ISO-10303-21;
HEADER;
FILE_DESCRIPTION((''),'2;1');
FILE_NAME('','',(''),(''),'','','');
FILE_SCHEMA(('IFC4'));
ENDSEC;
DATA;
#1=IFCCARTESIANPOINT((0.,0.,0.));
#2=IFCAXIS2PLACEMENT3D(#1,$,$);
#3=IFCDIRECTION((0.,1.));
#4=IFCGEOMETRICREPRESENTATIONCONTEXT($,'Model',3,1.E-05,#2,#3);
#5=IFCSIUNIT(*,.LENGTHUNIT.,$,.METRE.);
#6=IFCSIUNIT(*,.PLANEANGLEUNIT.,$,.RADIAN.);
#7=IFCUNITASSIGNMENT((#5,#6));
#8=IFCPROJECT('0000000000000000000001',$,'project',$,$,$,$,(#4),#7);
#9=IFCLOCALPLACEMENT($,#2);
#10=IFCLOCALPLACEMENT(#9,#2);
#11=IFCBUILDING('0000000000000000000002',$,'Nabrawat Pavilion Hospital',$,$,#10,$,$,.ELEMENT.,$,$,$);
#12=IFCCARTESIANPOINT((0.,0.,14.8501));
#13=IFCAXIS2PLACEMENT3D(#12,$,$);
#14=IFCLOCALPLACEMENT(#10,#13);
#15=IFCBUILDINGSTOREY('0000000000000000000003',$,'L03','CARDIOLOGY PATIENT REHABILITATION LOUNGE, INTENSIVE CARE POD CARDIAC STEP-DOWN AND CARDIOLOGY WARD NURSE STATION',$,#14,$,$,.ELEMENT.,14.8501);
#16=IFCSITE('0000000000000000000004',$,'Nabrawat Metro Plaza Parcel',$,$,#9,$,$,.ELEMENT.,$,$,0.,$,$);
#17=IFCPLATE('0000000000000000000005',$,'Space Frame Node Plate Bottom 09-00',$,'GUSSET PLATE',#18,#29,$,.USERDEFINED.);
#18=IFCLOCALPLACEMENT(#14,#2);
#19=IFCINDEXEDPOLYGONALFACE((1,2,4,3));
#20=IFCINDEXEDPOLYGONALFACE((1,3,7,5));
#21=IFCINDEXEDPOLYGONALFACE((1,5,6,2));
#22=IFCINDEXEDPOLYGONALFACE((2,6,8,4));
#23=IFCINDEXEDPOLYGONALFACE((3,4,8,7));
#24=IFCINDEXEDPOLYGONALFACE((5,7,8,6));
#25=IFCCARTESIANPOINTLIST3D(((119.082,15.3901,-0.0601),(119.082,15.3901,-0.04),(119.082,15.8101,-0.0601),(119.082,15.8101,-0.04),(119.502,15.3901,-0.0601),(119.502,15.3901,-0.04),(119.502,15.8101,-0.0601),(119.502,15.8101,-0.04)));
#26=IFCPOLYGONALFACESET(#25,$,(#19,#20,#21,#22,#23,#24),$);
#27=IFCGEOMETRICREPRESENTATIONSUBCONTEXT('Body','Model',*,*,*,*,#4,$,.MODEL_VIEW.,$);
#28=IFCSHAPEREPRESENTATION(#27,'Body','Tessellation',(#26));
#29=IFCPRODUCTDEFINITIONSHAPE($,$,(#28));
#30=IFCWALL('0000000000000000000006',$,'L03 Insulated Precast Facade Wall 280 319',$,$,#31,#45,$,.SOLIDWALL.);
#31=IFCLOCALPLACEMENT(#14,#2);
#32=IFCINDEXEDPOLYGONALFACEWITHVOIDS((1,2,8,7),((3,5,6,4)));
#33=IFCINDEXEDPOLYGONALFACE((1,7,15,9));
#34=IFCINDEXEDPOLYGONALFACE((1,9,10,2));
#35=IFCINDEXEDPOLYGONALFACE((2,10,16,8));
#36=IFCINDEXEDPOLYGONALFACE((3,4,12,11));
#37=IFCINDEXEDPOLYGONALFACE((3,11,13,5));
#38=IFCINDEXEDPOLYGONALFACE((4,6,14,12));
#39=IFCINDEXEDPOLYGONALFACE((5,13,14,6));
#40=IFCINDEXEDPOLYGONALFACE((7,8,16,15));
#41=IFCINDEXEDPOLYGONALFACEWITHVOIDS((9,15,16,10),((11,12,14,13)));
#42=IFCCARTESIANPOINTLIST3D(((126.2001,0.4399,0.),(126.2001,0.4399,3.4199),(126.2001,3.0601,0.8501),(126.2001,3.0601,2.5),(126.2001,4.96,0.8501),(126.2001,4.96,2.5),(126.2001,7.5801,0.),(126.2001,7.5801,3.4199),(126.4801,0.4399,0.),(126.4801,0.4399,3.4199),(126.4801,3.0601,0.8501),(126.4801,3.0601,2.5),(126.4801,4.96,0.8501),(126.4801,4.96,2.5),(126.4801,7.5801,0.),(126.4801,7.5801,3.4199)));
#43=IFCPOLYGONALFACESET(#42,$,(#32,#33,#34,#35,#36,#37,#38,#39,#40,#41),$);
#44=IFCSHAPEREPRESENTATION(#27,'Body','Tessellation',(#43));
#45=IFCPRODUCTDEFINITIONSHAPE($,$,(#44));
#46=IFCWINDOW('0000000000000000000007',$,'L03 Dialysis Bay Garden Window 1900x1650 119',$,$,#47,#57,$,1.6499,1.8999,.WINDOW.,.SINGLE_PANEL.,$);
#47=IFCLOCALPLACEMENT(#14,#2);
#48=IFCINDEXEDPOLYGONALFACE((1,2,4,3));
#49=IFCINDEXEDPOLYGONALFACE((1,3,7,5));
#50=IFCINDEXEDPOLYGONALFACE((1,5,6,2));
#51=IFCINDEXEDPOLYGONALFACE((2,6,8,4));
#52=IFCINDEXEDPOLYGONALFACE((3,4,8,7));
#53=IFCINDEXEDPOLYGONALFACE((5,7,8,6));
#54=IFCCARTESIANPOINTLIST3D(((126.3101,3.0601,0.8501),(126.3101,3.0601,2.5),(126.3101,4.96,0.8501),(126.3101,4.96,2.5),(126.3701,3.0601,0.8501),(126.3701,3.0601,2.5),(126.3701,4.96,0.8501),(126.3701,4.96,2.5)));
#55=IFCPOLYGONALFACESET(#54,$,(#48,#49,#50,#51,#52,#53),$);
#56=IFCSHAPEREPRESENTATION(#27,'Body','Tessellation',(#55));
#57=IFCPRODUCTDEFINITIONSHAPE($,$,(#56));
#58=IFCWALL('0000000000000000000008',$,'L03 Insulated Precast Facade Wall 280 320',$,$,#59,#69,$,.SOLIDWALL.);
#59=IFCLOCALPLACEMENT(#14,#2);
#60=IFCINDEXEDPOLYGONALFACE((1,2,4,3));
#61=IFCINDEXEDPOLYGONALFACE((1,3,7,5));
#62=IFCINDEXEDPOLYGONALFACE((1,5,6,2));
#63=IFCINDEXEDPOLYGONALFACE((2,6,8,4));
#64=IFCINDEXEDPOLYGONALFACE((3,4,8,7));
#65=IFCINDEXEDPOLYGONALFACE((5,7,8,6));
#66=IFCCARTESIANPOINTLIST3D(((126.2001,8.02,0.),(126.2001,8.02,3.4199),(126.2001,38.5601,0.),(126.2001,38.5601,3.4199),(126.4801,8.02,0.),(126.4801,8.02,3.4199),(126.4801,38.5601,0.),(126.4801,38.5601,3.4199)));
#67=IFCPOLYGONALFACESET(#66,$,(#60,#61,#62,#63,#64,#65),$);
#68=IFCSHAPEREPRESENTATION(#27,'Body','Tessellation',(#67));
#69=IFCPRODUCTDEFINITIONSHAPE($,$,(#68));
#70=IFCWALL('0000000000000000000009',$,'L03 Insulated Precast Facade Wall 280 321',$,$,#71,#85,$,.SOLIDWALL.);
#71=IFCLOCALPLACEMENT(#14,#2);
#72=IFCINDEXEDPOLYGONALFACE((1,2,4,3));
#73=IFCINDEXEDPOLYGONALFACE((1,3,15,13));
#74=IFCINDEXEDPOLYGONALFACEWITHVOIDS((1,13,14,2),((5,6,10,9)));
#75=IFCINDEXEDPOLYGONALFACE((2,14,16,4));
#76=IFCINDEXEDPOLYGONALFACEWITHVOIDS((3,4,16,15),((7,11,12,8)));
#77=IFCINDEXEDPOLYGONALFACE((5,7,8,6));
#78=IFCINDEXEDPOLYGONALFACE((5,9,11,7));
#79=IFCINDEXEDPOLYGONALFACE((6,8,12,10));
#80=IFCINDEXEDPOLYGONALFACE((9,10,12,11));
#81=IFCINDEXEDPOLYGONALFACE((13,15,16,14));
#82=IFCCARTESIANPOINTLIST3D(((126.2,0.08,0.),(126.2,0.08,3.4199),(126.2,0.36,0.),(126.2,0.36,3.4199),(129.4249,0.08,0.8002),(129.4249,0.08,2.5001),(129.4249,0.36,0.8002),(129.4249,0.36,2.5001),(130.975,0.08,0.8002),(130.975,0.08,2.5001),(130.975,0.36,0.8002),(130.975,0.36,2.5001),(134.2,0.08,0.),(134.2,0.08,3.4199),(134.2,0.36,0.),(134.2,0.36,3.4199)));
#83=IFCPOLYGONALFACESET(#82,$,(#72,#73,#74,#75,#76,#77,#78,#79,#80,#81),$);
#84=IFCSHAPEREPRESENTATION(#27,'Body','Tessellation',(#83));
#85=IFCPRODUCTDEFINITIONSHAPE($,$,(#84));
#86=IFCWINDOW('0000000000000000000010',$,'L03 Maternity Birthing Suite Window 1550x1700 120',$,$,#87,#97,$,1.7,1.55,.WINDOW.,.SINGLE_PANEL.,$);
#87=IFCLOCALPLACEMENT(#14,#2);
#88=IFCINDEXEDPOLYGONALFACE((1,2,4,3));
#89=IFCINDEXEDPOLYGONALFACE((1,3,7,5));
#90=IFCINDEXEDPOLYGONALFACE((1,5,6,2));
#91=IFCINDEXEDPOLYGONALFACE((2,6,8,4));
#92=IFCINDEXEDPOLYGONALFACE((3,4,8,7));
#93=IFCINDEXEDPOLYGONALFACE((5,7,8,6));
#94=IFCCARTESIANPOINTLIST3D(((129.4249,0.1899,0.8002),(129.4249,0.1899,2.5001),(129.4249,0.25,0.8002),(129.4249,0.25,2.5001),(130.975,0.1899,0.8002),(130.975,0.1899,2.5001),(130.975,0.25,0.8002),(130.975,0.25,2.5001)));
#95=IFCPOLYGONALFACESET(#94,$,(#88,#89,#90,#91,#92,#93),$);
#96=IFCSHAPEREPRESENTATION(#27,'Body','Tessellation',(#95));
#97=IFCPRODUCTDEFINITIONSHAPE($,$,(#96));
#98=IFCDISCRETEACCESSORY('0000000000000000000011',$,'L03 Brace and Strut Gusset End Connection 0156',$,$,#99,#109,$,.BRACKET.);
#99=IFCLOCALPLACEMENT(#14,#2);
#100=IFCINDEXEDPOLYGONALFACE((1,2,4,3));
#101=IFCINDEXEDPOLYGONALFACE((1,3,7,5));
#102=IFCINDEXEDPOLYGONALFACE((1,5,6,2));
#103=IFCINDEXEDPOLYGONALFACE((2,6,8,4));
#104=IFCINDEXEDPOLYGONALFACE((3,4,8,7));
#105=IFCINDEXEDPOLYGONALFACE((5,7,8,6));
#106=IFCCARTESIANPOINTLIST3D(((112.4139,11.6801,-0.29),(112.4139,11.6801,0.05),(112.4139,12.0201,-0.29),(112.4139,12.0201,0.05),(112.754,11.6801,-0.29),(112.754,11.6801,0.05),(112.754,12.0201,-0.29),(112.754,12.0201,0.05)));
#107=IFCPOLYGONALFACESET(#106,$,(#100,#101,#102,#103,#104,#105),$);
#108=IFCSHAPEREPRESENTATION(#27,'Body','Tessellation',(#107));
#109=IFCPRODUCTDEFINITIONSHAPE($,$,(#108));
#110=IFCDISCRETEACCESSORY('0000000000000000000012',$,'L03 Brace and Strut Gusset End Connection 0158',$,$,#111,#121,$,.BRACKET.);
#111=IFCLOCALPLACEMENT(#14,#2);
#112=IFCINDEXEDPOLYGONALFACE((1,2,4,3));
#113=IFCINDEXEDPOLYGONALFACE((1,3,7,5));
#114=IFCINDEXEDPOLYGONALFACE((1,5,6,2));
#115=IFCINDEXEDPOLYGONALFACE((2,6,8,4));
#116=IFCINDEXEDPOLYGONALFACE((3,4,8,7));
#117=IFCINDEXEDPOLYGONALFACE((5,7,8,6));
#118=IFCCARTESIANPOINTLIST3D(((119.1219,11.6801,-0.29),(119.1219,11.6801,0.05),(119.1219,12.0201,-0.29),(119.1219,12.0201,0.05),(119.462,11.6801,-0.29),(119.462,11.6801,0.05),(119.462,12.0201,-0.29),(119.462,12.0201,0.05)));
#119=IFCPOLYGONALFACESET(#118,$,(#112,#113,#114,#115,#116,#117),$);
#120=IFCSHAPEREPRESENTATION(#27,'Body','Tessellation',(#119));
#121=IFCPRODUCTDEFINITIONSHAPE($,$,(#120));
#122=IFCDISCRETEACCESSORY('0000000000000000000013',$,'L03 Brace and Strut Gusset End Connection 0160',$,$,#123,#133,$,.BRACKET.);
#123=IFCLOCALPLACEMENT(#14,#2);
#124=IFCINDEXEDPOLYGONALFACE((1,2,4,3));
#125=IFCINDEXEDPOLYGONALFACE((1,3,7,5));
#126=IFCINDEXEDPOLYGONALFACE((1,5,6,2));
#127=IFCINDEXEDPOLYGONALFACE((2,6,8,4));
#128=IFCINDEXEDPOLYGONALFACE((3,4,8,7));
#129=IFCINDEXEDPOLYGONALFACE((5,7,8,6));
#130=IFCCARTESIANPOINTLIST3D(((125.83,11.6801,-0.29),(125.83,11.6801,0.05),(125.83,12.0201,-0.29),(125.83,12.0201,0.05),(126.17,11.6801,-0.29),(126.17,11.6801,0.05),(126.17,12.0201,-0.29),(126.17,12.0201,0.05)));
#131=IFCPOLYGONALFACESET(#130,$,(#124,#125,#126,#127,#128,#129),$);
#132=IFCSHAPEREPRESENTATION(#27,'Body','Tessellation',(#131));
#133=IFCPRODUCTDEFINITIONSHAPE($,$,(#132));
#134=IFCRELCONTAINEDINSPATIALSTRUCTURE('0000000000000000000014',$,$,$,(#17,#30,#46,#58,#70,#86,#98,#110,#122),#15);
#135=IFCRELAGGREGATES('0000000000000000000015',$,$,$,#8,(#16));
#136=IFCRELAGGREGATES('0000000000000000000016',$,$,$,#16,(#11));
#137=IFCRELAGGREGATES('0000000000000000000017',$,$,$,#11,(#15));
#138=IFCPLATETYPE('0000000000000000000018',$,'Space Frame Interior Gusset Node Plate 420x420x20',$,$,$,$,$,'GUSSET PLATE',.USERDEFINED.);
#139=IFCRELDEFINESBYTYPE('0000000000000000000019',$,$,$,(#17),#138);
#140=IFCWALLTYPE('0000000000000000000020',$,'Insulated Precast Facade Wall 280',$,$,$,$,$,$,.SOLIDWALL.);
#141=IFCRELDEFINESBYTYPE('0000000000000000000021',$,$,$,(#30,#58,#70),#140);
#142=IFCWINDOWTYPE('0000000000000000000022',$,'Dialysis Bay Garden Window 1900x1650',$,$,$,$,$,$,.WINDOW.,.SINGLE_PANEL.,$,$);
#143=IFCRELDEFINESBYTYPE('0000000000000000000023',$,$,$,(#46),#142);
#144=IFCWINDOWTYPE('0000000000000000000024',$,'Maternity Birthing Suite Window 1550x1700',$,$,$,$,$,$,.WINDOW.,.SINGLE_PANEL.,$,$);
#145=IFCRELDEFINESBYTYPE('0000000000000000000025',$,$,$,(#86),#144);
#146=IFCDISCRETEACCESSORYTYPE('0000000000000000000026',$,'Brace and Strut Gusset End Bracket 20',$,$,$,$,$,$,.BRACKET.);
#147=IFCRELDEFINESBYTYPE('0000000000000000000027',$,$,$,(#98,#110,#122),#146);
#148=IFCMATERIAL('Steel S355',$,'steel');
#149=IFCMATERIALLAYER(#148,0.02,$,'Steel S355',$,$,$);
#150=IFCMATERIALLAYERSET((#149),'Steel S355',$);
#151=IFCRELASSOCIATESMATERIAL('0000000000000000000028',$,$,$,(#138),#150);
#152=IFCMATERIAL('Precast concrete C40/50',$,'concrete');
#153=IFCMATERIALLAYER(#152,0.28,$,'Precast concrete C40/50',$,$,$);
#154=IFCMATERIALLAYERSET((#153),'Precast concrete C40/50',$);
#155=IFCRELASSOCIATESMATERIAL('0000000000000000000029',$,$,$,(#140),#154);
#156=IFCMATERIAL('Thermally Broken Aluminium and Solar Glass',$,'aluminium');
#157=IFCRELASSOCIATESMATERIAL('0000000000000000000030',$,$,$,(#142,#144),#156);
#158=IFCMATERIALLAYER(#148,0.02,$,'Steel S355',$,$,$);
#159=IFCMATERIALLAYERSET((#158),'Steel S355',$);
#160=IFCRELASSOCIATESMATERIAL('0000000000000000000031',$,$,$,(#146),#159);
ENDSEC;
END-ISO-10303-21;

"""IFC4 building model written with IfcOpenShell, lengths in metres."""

from ifc_helpers import new_model, si_unit, direction, frame, frame_2d, origin, origin_2d, place, context, subcontext, project, spatial, rectangle, extrude, material, layer, layer_set, type_object, element, fill, save


model = new_model("IFC4")

# Units and contexts
model_context = context("Model", 3, precision=1e-05, world=origin(), true_north=direction((0.0, 1.0)))
body_context = subcontext(model_context, "Body", "Model", "MODEL_VIEW")
ifc_project = project(units=[si_unit("LENGTHUNIT", "METRE"), si_unit("PLANEANGLEUNIT", "RADIAN")], contexts=[model_context])

# Site, building, storey
site_placement = place(None, origin())
site = spatial("IfcSite", under=ifc_project, at=site_placement, Name="Nabrawat Metro Plaza Parcel", CompositionType="ELEMENT", RefElevation=0.0)
building_placement = place(site_placement, origin())
building = spatial("IfcBuilding", under=site, at=building_placement, Name="Nabrawat Pavilion Hospital", CompositionType="ELEMENT")
storey_placement = place(building_placement, frame((0.0, 0.0, 14.8501)))
storey = spatial("IfcBuildingStorey", under=building, at=storey_placement, Name="L03", Description="CARDIOLOGY PATIENT REHABILITATION LOUNGE, INTENSIVE CARE POD CARDIAC STEP-DOWN AND CARDIOLOGY WARD NURSE STATION", CompositionType="ELEMENT", Elevation=14.8501)

# Shared definitions
ifc_material_1 = material(Name="Steel S355", Category="steel")

# Plate
ifc_layer_1 = layer(ifc_material_1, 0.02, Name="Steel S355")
ifc_layer_set_1 = layer_set([ifc_layer_1], Name="Steel S355")
plate_type = type_object("IfcPlateType", Name="Space Frame Interior Gusset Node Plate 420x420x20", ElementType="GUSSET PLATE", PredefinedType="USERDEFINED", material=ifc_layer_set_1)
for number, where, z_axis, x_axis, name in (
    (1, (119.292, 15.6001, -0.0601), (0.0, 0.0, 1.0), (1.0, 0.0, 0.0), "Space Frame Node Plate Bottom 09-00"),
):
    element("IfcPlate", number, at=place(storey_placement, frame(where, z_axis=z_axis, x_axis=x_axis)), inside=storey, type_object=plate_type, Name=name, ObjectType="GUSSET PLATE", PredefinedType="USERDEFINED", context=body_context, shape_type="SweptSolid", body=[
        extrude(rectangle(XDim=0.4199, YDim=0.4199, at=origin_2d()), origin(), (0.0, 0.0, 1.0), 0.02),
    ])

# Wall, opening, window
ifc_material_2 = material(Name="Precast concrete C40/50", Category="concrete")
ifc_layer_2 = layer(ifc_material_2, 0.28, Name="Precast concrete C40/50")
ifc_layer_set_2 = layer_set([ifc_layer_2], Name="Precast concrete C40/50")
wall_type = type_object("IfcWallType", Name="Insulated Precast Facade Wall 280", PredefinedType="SOLIDWALL", material=ifc_layer_set_2)
wall_1_placement = place(storey_placement, frame((126.3401, 0.4399, 0.0), z_axis=(0.0, 0.0, 1.0), x_axis=(0.0, 1.0, 0.0)))
wall_1 = element("IfcWall", 2, at=wall_1_placement, inside=storey, type_object=wall_type, Name="L03 Insulated Precast Facade Wall 280 319", PredefinedType="SOLIDWALL", context=body_context, shape_type="SweptSolid", body=[
    extrude(rectangle(XDim=7.1401, YDim=0.28, at=frame_2d((3.5701, 0.0))), origin(), (0.0, 0.0, 1.0), 3.4199),
])
opening_1_placement = place(wall_1_placement, frame((2.6201, 0.0, 0.8501)))
opening_1 = element("IfcOpeningElement", 3, at=opening_1_placement, cuts=wall_1, PredefinedType="OPENING", context=body_context, shape_type="SweptSolid", body=[
    extrude(rectangle(XDim=1.8999, YDim=1.6499, at=frame_2d((0.95, 0.825))), frame((0.0, 0.1499, 0.0), z_axis=(0.0, -1.0, 0.0), x_axis=(1.0, 0.0, 0.0)), (0.0, 0.0, 1.0), 0.3),
])
ifc_material_3 = material(Name="Thermally Broken Aluminium and Solar Glass", Category="aluminium")
window_type_1 = type_object("IfcWindowType", Name="Dialysis Bay Garden Window 1900x1650", PartitioningType="SINGLE_PANEL", PredefinedType="WINDOW", material=ifc_material_3)
window_1_placement = place(opening_1_placement, origin())
window_1 = element("IfcWindow", 4, at=window_1_placement, inside=storey, type_object=window_type_1, Name="L03 Dialysis Bay Garden Window 1900x1650 119", OverallHeight=1.6499, OverallWidth=1.8999, PartitioningType="SINGLE_PANEL", PredefinedType="WINDOW", context=body_context, shape_type="SweptSolid", body=[
    extrude(rectangle(XDim=1.8999, YDim=1.6499, at=frame_2d((0.95, 0.825))), frame((0.0, 0.03, 0.0), z_axis=(0.0, -1.0, 0.0), x_axis=(1.0, 0.0, 0.0)), (0.0, 0.0, 1.0), 0.0601),
])
fill(opening_1, window_1)

# Wall
wall_2_placement = place(storey_placement, frame((126.3401, 8.02, 0.0), z_axis=(0.0, 0.0, 1.0), x_axis=(0.0, 1.0, 0.0)))
element("IfcWall", 5, at=wall_2_placement, inside=storey, type_object=wall_type, Name="L03 Insulated Precast Facade Wall 280 320", PredefinedType="SOLIDWALL", context=body_context, shape_type="SweptSolid", body=[
    extrude(rectangle(XDim=30.54, YDim=0.28, at=frame_2d((15.27, 0.0))), origin(), (0.0, 0.0, 1.0), 3.4199),
])

# Wall, opening, window
wall_3_placement = place(storey_placement, frame((126.2, 0.22, 0.0), z_axis=(0.0, 0.0, 1.0), x_axis=(1.0, 0.0, 0.0)))
wall_3 = element("IfcWall", 6, at=wall_3_placement, inside=storey, type_object=wall_type, Name="L03 Insulated Precast Facade Wall 280 321", PredefinedType="SOLIDWALL", context=body_context, shape_type="SweptSolid", body=[
    extrude(rectangle(XDim=8.0, YDim=0.28, at=frame_2d((4.0, 0.0))), origin(), (0.0, 0.0, 1.0), 3.4199),
])
opening_2_placement = place(wall_3_placement, frame((3.2251, 0.0, 0.8)))
opening_2 = element("IfcOpeningElement", 7, at=opening_2_placement, cuts=wall_3, PredefinedType="OPENING", context=body_context, shape_type="SweptSolid", body=[
    extrude(rectangle(XDim=1.55, YDim=1.7, at=frame_2d((0.7749, 0.8501))), frame((0.0, 0.1499, 0.0), z_axis=(0.0, -1.0, 0.0), x_axis=(1.0, 0.0, 0.0)), (0.0, 0.0, 1.0), 0.3),
])
window_type_2 = type_object("IfcWindowType", Name="Maternity Birthing Suite Window 1550x1700", PartitioningType="SINGLE_PANEL", PredefinedType="WINDOW", material=ifc_material_3)
window_2_placement = place(opening_2_placement, origin())
window_2 = element("IfcWindow", 8, at=window_2_placement, inside=storey, type_object=window_type_2, Name="L03 Maternity Birthing Suite Window 1550x1700 120", OverallHeight=1.7, OverallWidth=1.55, PartitioningType="SINGLE_PANEL", PredefinedType="WINDOW", context=body_context, shape_type="SweptSolid", body=[
    extrude(rectangle(XDim=1.55, YDim=1.7, at=frame_2d((0.7749, 0.8501))), frame((0.0, 0.03, 0.0), z_axis=(0.0, -1.0, 0.0), x_axis=(1.0, 0.0, 0.0)), (0.0, 0.0, 1.0), 0.0601),
])
fill(opening_2, window_2)

# Discrete accessories
ifc_layer_3 = layer(ifc_material_1, 0.02, Name="Steel S355")
ifc_layer_set_3 = layer_set([ifc_layer_3], Name="Steel S355")
discrete_accessory_type = type_object("IfcDiscreteAccessoryType", Name="Brace and Strut Gusset End Bracket 20", PredefinedType="BRACKET", material=ifc_layer_set_3)
for number, where, z_axis, x_axis, name in (
    (9, (112.584, 11.8501, -0.29), (0.0, 0.0, 1.0), (1.0, 0.0, 0.0), "L03 Brace and Strut Gusset End Connection 0156"),
    (10, (119.292, 11.8501, -0.29), (0.0, 0.0, 1.0), (1.0, 0.0, 0.0), "L03 Brace and Strut Gusset End Connection 0158"),
    (11, (126.0, 11.8501, -0.29), (0.0, 0.0, 1.0), (1.0, 0.0, 0.0), "L03 Brace and Strut Gusset End Connection 0160"),
):
    element("IfcDiscreteAccessory", number, at=place(storey_placement, frame(where, z_axis=z_axis, x_axis=x_axis)), inside=storey, type_object=discrete_accessory_type, Name=name, PredefinedType="BRACKET", context=body_context, shape_type="SweptSolid", body=[
        extrude(rectangle(XDim=0.3401, YDim=0.3401, at=origin_2d()), origin(), (0.0, 0.0, 1.0), 0.3401),
    ])

save(model, "model.ifc")
